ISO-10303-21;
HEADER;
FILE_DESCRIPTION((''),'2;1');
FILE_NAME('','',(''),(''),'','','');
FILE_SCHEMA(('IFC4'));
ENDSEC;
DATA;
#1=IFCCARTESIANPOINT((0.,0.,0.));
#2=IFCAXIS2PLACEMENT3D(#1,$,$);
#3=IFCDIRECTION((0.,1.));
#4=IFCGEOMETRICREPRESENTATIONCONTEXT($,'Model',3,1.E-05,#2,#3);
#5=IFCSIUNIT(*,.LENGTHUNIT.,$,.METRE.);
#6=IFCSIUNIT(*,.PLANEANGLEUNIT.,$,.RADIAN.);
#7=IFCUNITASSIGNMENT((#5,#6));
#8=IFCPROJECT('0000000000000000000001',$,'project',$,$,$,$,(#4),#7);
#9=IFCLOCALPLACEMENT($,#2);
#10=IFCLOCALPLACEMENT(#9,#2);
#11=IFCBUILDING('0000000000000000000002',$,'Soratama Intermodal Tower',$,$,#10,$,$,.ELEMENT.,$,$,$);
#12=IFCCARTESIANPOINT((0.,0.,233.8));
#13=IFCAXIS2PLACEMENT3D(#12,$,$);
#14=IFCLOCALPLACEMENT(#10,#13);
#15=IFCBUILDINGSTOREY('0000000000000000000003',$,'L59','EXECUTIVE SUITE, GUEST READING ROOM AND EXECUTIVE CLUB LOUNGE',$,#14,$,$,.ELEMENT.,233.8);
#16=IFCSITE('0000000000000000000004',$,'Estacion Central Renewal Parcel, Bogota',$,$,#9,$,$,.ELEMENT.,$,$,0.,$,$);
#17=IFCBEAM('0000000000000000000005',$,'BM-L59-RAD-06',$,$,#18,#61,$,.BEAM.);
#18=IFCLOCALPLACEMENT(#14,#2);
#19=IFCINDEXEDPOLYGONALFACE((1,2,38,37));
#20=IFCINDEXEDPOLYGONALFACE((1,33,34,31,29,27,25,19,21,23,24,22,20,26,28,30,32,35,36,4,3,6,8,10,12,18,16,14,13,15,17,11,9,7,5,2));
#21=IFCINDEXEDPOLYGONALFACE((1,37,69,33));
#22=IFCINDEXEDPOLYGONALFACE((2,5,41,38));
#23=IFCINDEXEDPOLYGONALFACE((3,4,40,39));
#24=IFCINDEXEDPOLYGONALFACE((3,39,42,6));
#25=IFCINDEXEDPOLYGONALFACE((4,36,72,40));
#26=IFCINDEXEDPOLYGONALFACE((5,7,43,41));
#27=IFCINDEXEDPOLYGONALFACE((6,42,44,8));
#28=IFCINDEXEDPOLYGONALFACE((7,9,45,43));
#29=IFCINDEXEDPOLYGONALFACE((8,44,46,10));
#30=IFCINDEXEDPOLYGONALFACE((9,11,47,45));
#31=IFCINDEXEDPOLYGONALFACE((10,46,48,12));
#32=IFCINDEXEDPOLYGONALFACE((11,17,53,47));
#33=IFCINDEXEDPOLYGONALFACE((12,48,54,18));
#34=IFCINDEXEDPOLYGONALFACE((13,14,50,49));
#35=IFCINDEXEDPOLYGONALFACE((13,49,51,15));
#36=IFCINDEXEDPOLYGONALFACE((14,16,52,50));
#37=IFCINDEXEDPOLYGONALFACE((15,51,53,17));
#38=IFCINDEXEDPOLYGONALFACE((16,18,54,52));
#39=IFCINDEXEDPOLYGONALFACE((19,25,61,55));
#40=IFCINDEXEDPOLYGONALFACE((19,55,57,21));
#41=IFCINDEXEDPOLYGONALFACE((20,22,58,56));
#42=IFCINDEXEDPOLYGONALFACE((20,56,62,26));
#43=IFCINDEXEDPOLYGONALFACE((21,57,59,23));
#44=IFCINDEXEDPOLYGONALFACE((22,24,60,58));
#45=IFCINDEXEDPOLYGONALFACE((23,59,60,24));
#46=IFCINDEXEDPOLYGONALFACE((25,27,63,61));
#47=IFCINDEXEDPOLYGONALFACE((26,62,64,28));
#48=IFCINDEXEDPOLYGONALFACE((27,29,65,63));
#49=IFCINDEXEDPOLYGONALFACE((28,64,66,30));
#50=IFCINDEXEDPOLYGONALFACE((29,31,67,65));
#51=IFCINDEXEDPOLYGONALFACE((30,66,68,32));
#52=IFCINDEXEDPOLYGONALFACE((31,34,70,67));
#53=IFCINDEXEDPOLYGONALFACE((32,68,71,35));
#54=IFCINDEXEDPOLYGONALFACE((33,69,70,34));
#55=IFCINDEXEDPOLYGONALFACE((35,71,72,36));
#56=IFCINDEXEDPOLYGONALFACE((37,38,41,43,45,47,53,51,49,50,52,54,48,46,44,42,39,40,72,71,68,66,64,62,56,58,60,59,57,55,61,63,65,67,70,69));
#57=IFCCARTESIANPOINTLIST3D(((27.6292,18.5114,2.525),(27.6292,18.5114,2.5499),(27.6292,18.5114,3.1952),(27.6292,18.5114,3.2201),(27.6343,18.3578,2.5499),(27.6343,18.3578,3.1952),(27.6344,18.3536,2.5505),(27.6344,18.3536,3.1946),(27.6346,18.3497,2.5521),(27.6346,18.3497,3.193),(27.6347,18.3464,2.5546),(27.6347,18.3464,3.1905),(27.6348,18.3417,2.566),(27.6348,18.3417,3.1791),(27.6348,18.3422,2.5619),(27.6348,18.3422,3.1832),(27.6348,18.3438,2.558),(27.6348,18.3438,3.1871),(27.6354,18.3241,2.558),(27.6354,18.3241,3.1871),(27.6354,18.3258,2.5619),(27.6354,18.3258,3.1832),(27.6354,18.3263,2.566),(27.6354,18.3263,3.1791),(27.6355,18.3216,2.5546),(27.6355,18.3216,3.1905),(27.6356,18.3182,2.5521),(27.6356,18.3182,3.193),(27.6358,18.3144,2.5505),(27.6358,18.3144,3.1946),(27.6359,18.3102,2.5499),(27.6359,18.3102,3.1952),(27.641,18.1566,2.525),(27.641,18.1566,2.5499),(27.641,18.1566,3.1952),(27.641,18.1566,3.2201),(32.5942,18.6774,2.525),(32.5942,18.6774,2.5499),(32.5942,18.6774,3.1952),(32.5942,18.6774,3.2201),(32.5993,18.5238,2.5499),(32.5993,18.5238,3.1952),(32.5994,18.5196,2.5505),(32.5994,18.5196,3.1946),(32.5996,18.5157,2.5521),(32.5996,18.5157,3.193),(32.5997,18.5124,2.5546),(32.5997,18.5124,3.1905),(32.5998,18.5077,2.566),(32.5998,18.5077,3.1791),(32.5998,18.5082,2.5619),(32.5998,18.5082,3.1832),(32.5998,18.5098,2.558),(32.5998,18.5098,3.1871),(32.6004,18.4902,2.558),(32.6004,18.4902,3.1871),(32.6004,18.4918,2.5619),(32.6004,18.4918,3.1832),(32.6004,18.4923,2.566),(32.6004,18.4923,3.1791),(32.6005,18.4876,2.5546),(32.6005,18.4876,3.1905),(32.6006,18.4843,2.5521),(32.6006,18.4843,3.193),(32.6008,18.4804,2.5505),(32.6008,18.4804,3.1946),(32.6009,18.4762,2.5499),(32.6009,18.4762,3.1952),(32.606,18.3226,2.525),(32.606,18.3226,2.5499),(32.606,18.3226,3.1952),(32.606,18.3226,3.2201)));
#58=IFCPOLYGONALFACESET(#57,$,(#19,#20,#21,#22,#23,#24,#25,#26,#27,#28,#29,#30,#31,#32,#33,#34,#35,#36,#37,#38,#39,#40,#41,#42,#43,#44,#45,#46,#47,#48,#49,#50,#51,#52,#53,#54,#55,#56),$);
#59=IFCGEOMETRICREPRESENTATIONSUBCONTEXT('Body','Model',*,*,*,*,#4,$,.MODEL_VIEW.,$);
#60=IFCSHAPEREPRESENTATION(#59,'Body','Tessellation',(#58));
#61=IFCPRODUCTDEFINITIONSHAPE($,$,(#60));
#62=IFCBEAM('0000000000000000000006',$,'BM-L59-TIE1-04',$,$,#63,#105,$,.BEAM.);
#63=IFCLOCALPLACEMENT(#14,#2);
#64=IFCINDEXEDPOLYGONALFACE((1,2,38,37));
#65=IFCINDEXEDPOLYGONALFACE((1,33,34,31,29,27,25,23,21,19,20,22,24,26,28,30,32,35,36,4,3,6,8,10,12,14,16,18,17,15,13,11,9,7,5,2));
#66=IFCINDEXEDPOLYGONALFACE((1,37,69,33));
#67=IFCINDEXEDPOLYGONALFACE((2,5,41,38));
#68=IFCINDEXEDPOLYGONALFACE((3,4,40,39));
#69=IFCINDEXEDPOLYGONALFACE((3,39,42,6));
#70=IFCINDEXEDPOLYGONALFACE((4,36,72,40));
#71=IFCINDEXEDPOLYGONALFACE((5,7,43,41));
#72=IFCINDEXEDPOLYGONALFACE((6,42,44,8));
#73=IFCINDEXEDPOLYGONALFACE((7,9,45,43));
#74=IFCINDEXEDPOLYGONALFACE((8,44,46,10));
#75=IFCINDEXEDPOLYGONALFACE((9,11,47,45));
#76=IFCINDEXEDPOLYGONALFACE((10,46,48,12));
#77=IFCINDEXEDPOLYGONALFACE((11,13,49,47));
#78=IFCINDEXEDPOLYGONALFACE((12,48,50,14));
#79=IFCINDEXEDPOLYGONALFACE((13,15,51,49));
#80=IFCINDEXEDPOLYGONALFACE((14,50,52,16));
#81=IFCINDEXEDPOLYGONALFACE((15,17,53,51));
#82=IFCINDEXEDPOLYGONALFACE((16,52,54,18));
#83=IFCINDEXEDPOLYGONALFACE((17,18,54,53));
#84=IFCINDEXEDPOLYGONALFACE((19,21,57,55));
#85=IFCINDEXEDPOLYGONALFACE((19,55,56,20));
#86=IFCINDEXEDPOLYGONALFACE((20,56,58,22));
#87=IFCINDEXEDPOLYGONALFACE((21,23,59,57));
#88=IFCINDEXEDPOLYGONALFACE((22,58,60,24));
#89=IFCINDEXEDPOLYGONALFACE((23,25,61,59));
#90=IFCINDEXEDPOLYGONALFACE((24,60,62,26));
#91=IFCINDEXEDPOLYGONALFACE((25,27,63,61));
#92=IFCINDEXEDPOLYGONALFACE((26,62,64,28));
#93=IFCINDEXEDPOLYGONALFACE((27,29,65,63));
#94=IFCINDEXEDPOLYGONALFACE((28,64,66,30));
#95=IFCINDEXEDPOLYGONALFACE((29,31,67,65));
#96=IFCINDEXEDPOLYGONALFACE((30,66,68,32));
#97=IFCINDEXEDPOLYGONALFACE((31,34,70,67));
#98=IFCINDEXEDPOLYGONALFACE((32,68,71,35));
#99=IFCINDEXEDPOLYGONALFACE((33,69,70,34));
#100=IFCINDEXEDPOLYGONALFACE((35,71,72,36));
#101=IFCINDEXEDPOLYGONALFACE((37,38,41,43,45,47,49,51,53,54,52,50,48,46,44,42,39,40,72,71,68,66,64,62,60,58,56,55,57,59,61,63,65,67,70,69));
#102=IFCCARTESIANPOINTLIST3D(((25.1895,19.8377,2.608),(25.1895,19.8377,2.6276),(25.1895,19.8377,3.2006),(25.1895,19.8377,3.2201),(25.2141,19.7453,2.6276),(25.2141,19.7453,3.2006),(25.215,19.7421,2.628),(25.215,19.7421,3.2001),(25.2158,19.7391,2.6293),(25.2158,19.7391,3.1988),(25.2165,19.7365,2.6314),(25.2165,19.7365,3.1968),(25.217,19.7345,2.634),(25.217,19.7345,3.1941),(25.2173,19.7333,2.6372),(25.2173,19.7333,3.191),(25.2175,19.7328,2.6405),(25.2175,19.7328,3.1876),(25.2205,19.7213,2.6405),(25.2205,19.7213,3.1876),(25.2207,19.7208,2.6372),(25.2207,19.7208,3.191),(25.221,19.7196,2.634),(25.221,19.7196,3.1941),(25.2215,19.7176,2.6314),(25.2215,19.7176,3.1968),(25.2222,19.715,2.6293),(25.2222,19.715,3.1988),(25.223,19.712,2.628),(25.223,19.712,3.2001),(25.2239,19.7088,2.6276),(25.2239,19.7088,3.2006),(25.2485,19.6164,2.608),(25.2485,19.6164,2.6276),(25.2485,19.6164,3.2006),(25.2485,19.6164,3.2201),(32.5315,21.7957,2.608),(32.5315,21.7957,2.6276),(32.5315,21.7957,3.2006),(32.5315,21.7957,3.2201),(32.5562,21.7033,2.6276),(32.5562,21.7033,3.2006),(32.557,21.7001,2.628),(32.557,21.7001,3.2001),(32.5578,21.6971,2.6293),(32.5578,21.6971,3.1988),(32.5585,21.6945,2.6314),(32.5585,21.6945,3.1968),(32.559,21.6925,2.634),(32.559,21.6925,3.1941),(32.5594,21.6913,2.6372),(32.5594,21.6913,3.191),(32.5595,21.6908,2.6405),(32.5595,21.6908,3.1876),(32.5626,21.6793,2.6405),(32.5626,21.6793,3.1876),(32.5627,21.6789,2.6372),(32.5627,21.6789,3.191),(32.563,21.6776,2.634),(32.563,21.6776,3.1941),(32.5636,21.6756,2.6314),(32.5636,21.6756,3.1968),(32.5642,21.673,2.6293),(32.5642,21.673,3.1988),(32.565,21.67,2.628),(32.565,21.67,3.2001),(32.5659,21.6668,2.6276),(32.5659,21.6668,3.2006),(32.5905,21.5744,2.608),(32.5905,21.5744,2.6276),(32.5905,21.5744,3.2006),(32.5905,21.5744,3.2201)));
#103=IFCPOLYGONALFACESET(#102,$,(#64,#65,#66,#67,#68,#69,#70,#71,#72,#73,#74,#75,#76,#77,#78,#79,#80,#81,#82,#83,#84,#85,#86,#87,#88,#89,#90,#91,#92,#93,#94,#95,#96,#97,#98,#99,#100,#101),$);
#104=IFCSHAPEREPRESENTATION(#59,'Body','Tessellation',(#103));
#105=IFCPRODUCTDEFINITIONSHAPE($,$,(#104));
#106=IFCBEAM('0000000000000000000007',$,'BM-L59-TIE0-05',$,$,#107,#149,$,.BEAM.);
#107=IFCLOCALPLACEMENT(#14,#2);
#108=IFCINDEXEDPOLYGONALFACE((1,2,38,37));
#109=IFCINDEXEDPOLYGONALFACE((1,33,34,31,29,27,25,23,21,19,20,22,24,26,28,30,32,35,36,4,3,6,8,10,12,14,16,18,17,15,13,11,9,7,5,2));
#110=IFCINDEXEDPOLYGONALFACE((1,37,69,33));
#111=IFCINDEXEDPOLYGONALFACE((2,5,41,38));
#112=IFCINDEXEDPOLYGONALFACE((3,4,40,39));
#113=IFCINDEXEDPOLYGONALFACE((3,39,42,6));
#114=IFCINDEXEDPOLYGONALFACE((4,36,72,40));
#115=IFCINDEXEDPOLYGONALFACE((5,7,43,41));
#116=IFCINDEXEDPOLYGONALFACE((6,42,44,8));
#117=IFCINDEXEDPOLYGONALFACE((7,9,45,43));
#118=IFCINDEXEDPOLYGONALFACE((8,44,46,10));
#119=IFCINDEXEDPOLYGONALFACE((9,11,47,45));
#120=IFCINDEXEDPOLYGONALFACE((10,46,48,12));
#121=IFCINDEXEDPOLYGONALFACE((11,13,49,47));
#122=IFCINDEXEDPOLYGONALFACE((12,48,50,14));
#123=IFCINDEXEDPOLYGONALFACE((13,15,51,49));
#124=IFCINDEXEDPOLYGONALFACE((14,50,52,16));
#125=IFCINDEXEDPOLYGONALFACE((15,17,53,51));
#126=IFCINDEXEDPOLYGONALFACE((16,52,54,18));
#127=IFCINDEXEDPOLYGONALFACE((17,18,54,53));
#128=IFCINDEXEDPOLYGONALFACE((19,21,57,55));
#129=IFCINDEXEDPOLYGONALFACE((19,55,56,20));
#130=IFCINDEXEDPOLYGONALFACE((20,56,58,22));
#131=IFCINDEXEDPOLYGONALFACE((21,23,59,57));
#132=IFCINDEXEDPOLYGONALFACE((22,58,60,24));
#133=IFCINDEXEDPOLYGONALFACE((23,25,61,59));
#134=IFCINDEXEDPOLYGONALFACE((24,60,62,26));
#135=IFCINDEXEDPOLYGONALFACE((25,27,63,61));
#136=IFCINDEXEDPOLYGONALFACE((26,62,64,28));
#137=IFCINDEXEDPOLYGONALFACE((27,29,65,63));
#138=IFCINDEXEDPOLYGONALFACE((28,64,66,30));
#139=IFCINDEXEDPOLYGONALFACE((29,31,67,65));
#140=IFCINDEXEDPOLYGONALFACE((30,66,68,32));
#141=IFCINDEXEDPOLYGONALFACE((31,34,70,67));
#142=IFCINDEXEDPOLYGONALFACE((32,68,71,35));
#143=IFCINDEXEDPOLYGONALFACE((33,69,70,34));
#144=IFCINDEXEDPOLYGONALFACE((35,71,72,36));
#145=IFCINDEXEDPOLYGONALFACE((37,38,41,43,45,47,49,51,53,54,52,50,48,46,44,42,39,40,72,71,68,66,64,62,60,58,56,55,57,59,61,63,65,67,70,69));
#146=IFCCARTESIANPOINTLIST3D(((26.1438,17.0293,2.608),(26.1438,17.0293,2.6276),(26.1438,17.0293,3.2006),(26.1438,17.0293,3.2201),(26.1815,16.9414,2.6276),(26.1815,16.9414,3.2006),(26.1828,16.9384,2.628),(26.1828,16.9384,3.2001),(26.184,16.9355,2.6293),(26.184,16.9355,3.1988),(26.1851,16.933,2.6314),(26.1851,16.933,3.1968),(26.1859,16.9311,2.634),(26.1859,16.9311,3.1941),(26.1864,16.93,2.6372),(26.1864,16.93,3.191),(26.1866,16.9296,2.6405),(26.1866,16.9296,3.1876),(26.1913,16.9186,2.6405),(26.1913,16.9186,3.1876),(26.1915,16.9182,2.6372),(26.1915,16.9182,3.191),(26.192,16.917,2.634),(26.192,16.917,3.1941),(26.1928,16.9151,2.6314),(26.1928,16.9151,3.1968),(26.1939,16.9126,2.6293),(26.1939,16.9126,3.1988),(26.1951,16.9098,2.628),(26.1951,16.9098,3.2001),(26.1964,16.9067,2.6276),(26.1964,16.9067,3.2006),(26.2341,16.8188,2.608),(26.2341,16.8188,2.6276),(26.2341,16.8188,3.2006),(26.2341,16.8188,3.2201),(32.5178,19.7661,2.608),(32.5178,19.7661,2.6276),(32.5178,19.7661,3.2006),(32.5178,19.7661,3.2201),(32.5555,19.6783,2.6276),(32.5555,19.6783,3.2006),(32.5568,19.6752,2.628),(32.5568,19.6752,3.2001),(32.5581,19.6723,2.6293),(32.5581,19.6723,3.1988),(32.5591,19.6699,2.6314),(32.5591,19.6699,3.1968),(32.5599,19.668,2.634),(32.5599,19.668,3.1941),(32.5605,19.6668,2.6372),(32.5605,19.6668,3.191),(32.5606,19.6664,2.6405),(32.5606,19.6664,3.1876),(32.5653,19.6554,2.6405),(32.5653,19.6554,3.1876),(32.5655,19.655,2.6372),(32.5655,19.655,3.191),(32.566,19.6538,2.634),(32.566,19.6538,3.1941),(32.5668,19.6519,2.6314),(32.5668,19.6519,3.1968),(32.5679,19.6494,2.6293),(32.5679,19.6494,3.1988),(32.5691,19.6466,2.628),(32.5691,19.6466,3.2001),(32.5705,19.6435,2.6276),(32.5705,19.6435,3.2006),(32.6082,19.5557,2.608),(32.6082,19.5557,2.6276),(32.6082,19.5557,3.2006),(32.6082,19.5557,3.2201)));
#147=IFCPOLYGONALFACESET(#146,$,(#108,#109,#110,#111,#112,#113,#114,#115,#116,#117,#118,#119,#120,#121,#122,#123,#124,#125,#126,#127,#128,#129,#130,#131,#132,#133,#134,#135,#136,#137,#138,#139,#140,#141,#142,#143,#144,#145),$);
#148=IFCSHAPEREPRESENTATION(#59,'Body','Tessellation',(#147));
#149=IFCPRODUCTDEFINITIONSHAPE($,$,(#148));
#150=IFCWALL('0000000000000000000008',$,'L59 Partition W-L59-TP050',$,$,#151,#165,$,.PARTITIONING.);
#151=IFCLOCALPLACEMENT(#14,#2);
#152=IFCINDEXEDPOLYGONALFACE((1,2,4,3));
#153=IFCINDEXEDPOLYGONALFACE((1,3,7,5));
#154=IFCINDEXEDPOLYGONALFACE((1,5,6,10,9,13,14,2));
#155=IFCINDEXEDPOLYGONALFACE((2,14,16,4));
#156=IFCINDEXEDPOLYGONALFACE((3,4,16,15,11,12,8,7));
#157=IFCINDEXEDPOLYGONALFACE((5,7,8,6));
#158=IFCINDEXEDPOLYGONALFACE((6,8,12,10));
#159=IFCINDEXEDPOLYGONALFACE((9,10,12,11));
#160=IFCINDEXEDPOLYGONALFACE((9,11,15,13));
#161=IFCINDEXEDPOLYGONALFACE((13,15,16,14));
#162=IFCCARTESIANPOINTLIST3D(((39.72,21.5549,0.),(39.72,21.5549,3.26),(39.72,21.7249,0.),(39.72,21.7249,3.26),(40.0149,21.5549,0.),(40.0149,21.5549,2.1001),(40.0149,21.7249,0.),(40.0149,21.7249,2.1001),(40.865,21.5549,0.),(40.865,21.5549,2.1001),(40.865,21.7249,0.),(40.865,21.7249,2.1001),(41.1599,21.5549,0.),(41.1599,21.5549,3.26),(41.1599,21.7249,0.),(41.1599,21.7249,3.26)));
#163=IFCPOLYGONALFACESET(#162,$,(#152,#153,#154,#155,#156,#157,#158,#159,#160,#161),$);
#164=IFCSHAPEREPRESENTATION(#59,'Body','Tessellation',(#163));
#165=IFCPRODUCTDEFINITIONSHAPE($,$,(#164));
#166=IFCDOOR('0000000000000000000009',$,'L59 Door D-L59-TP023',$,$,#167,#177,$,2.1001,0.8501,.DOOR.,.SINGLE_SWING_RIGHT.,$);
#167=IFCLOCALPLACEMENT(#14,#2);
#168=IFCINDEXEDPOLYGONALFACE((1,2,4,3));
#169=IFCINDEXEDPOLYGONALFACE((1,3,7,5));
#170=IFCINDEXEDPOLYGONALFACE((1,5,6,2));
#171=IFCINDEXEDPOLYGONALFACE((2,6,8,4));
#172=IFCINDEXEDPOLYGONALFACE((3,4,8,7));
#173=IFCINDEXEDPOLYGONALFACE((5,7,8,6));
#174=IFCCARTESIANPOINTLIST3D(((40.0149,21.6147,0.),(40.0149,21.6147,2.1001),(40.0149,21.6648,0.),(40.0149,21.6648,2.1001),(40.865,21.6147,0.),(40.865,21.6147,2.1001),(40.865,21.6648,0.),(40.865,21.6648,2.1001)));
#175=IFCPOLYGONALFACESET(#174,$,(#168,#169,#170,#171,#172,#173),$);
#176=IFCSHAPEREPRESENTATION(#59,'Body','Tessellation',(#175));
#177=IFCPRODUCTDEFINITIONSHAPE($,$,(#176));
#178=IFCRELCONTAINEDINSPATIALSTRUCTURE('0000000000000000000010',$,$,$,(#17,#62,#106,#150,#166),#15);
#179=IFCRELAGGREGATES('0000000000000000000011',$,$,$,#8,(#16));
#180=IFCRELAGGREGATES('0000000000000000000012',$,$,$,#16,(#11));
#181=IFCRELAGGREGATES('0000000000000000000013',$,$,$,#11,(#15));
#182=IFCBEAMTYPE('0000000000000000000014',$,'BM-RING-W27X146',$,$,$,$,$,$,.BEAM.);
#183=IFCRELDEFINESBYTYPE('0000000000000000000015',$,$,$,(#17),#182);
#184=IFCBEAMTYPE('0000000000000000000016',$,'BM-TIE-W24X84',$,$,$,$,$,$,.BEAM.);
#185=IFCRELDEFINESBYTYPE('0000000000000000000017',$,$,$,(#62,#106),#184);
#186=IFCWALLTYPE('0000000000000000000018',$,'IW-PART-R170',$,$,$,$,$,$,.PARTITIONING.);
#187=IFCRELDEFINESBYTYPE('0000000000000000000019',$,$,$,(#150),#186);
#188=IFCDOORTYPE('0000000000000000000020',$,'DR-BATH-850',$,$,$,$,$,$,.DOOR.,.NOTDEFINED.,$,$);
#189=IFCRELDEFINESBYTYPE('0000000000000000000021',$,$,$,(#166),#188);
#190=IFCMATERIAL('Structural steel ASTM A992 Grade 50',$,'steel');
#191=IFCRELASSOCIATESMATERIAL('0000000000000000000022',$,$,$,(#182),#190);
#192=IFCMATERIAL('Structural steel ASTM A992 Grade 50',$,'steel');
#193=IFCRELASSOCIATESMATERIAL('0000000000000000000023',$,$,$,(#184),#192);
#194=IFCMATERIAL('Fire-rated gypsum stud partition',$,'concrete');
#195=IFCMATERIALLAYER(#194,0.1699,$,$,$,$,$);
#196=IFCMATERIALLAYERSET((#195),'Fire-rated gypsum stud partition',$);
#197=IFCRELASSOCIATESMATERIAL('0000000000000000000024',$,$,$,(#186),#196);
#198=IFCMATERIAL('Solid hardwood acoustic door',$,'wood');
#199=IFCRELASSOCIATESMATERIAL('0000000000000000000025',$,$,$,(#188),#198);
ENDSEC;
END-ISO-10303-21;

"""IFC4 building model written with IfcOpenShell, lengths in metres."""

from ifc_helpers import new_model, si_unit, direction, frame, frame_2d, origin, origin_2d, place, context, subcontext, project, spatial, rectangle, i_section, extrude, material, layer, layer_set, material_profile, profile_set, type_object, element, fill, save


model = new_model("IFC4")

# Units and contexts
model_context = context("Model", 3, precision=1e-05, world=origin(), true_north=direction((0.0, 1.0)))
body_context = subcontext(model_context, "Body", "Model", "MODEL_VIEW")
ifc_project = project(units=[si_unit("LENGTHUNIT", "METRE"), si_unit("PLANEANGLEUNIT", "RADIAN")], contexts=[model_context])

# Site, building, storey
site_placement = place(None, origin())
site = spatial("IfcSite", under=ifc_project, at=site_placement, Name="Estacion Central Renewal Parcel, Bogota", CompositionType="ELEMENT", RefElevation=0.0)
building_placement = place(site_placement, origin())
building = spatial("IfcBuilding", under=site, at=building_placement, Name="Soratama Intermodal Tower", CompositionType="ELEMENT")
storey_placement = place(building_placement, frame((0.0, 0.0, 233.8)))
storey = spatial("IfcBuildingStorey", under=building, at=storey_placement, Name="L59", Description="EXECUTIVE SUITE, GUEST READING ROOM AND EXECUTIVE CLUB LOUNGE", CompositionType="ELEMENT", Elevation=233.8)

# Beams
ifc_material_1 = material(Name="Structural steel ASTM A992 Grade 50", Category="steel")
ifc_material_profile_1 = material_profile(ifc_material_1, i_section(OverallWidth=0.355, OverallDepth=0.6951, WebThickness=0.0154, FlangeThickness=0.0249, FilletRadius=0.0161, at=origin_2d()), Name="W27X146")
ifc_profile_set_1 = profile_set([ifc_material_profile_1], Name="Structural steel ASTM A992 Grade 50")
beam_type_1 = type_object("IfcBeamType", Name="BM-RING-W27X146", PredefinedType="BEAM", material=ifc_profile_set_1)
beam_1_placement = place(storey_placement, frame((32.6001, 18.5, 2.8726), z_axis=(-0.999441, -0.033418, 0.0), x_axis=(0.033418, -0.999441, 0.0)))
element("IfcBeam", 1, at=beam_1_placement, inside=storey, type_object=beam_type_1, Name="BM-L59-RAD-06", PredefinedType="BEAM", context=body_context, shape_type="SweptSolid", body=[
    extrude(i_section(OverallWidth=0.355, OverallDepth=0.6951, WebThickness=0.0154, FlangeThickness=0.0249, FilletRadius=0.0161, at=origin_2d()), origin(), (0.0, 0.0, 1.0), 4.9678),
])
ifc_material_2 = material(Name="Structural steel ASTM A992 Grade 50", Category="steel")
ifc_material_profile_2 = material_profile(ifc_material_2, i_section(OverallWidth=0.229, OverallDepth=0.6121, WebThickness=0.012, FlangeThickness=0.0195, FilletRadius=0.0129, at=origin_2d()), Name="W24X84")
ifc_profile_set_2 = profile_set([ifc_material_profile_2], Name="Structural steel ASTM A992 Grade 50")
beam_type_2 = type_object("IfcBeamType", Name="BM-TIE-W24X84", PredefinedType="BEAM", material=ifc_profile_set_2)
beam_2_placement = place(storey_placement, frame((32.561, 21.6851, 2.9141), z_axis=(-0.966231, -0.257679, 0.0), x_axis=(0.257679, -0.966231, 0.0)))
element("IfcBeam", 2, at=beam_2_placement, inside=storey, type_object=beam_type_2, Name="BM-L59-TIE1-04", PredefinedType="BEAM", context=body_context, shape_type="SweptSolid", body=[
    extrude(i_section(OverallWidth=0.229, OverallDepth=0.6121, WebThickness=0.012, FlangeThickness=0.0195, FilletRadius=0.0129, at=origin_2d()), origin(), (0.0, 0.0, 1.0), 7.5986),
])
beam_3_placement = place(storey_placement, frame((32.563, 19.6609, 2.9141), z_axis=(-0.918879, -0.394539, 0.0), x_axis=(0.394539, -0.918879, 0.0)))
element("IfcBeam", 3, at=beam_3_placement, inside=storey, type_object=beam_type_2, Name="BM-L59-TIE0-05", PredefinedType="BEAM", context=body_context, shape_type="SweptSolid", body=[
    extrude(i_section(OverallWidth=0.229, OverallDepth=0.6121, WebThickness=0.012, FlangeThickness=0.0195, FilletRadius=0.0129, at=origin_2d()), origin(), (0.0, 0.0, 1.0), 6.9368),
])

# Wall, opening, door
ifc_material_3 = material(Name="Fire-rated gypsum stud partition", Category="concrete")
ifc_layer_1 = layer(ifc_material_3, 0.1699)
ifc_layer_set_1 = layer_set([ifc_layer_1], Name="Fire-rated gypsum stud partition")
wall_type_1 = type_object("IfcWallType", Name="IW-PART-R170", PredefinedType="PARTITIONING", material=ifc_layer_set_1)
wall_1_placement = place(storey_placement, frame((39.72, 21.6399, 0.0), z_axis=(0.0, 0.0, 1.0), x_axis=(1.0, 0.0, 0.0)))
wall_1 = element("IfcWall", 4, at=wall_1_placement, inside=storey, type_object=wall_type_1, Name="L59 Partition W-L59-TP050", PredefinedType="PARTITIONING", context=body_context, shape_type="SweptSolid", body=[
    extrude(rectangle(XDim=1.4399, YDim=0.1699, at=frame_2d((0.72, 0.0))), origin(), (0.0, 0.0, 1.0), 3.26),
])
opening_1_placement = place(wall_1_placement, frame((0.2949, 0.0, 0.0)))
opening_1 = element("IfcOpeningElement", 5, at=opening_1_placement, cuts=wall_1, PredefinedType="OPENING", context=body_context, shape_type="SweptSolid", body=[
    extrude(rectangle(XDim=0.8501, YDim=2.1001, at=frame_2d((0.425, 1.05))), frame((0.0, 0.095, 0.0), z_axis=(0.0, -1.0, 0.0), x_axis=(1.0, 0.0, 0.0)), (0.0, 0.0, 1.0), 0.1899),
])
ifc_material_4 = material(Name="Solid hardwood acoustic door", Category="wood")
door_type_1 = type_object("IfcDoorType", Name="DR-BATH-850", OperationType="NOTDEFINED", PredefinedType="DOOR", material=ifc_material_4)
door_1_placement = place(opening_1_placement, origin())
door_1 = element("IfcDoor", 6, at=door_1_placement, inside=storey, type_object=door_type_1, Name="L59 Door D-L59-TP023", OperationType="SINGLE_SWING_RIGHT", OverallHeight=2.1001, OverallWidth=0.8501, PredefinedType="DOOR", context=body_context, shape_type="SweptSolid", body=[
    extrude(rectangle(XDim=0.8501, YDim=2.1001, at=frame_2d((0.425, 1.05))), frame((0.0, 0.0249, 0.0), z_axis=(0.0, -1.0, 0.0), x_axis=(1.0, 0.0, 0.0)), (0.0, 0.0, 1.0), 0.05),
])
fill(opening_1, door_1)

save(model, "model.ifc")
